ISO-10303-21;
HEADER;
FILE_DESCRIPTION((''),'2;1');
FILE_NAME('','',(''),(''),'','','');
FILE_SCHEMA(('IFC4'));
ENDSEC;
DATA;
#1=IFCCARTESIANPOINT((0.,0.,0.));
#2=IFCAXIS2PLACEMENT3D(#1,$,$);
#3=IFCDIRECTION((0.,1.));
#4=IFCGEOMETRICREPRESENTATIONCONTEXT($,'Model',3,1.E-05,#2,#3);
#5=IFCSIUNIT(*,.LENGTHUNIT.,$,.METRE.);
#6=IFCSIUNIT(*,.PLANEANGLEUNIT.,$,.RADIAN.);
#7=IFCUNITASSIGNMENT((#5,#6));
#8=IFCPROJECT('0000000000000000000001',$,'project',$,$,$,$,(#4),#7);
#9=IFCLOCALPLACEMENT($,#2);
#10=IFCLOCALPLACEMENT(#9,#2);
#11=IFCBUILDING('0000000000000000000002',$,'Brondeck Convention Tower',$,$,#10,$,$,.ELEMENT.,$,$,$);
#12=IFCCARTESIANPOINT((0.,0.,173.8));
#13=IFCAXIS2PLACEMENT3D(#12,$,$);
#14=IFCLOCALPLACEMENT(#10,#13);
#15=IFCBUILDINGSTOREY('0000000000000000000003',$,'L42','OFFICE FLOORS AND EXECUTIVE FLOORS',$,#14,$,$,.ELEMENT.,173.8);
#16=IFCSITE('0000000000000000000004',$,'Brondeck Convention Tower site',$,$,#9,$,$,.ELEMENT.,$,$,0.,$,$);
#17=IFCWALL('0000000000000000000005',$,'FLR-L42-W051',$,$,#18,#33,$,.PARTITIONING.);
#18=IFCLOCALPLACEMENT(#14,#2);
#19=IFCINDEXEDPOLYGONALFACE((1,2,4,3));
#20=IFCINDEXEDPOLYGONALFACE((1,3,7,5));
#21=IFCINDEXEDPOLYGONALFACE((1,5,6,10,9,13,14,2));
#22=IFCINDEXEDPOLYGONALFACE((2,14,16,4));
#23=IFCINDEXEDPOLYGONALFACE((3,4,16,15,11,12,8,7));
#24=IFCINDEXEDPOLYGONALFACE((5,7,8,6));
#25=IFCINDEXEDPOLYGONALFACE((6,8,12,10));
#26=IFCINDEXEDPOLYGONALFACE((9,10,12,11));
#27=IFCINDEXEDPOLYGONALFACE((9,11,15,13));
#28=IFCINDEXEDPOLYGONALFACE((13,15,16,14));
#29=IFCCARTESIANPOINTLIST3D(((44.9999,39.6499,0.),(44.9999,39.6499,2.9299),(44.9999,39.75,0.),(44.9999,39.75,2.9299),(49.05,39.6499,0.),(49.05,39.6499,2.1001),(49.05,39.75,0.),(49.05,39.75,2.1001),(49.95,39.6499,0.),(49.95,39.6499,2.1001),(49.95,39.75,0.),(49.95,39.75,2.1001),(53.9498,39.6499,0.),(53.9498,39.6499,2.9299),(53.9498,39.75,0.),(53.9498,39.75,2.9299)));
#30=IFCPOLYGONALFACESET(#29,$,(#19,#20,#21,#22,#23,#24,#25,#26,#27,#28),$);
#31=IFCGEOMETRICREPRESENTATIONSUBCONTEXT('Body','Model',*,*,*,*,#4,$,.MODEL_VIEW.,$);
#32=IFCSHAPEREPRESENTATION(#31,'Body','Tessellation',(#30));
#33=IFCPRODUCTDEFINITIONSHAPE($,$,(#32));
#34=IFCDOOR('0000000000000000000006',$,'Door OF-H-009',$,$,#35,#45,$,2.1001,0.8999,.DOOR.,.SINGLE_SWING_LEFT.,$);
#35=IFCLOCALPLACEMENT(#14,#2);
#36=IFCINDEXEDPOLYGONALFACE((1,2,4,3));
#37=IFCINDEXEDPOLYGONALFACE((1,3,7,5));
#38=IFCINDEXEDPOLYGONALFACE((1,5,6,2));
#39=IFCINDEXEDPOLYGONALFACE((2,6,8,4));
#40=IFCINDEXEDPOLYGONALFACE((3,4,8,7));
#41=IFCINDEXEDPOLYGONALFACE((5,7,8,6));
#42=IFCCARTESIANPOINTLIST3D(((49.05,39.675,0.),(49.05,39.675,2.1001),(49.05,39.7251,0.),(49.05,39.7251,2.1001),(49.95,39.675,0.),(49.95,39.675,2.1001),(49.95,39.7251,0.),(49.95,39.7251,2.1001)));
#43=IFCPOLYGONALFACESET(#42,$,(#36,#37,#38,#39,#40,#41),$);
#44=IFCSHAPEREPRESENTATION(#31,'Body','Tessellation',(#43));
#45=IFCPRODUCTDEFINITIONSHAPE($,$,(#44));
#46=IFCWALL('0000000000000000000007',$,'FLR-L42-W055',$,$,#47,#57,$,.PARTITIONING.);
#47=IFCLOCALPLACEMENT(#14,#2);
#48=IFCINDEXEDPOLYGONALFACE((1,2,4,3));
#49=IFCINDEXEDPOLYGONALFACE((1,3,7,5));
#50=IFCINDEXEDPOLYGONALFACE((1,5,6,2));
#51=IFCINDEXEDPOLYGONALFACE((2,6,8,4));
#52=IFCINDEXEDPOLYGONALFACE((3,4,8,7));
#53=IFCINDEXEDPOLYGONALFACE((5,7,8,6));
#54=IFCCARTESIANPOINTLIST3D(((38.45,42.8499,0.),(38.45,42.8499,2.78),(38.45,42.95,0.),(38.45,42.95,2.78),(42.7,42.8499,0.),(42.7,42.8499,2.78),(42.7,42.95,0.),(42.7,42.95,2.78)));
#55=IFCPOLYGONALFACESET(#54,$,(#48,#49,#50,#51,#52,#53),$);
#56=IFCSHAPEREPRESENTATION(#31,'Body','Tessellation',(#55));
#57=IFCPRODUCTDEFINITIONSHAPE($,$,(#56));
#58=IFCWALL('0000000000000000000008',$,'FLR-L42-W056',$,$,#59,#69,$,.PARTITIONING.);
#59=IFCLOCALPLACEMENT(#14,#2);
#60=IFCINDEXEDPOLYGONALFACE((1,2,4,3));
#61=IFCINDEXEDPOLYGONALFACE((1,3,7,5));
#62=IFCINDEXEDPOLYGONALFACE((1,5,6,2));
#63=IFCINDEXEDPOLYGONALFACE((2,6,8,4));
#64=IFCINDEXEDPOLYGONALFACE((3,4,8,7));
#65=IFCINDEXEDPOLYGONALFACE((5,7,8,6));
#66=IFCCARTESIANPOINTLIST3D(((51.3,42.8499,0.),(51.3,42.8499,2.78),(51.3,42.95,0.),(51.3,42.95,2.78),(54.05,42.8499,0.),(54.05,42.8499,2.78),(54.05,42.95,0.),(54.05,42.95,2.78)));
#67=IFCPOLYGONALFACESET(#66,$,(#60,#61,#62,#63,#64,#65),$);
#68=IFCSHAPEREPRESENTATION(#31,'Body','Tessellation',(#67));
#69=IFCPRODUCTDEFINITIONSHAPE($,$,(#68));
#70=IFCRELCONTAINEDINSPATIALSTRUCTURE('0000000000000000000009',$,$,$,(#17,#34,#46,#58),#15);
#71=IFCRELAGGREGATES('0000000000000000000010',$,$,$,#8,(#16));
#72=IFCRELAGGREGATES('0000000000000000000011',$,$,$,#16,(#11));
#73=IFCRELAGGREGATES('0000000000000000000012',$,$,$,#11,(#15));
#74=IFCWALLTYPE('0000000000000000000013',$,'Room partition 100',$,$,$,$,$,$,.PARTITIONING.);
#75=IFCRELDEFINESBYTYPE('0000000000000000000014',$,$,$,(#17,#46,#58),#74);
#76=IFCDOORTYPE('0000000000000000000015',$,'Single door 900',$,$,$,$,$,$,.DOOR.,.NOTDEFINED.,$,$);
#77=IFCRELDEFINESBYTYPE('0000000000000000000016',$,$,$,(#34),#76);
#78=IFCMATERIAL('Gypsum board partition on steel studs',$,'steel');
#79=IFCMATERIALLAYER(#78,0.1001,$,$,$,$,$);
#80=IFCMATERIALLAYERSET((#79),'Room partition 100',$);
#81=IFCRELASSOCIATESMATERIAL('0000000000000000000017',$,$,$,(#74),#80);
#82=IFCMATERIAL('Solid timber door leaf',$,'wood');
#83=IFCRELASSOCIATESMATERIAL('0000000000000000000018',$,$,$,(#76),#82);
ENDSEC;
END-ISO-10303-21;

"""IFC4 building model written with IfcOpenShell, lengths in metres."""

from ifc_helpers import new_model, si_unit, direction, frame, frame_2d, origin, place, context, subcontext, project, spatial, rectangle, extrude, material, layer, layer_set, type_object, element, fill, save


model = new_model("IFC4")

# Units and contexts
model_context = context("Model", 3, precision=1e-05, world=origin(), true_north=direction((0.0, 1.0)))
body_context = subcontext(model_context, "Body", "Model", "MODEL_VIEW")
ifc_project = project(units=[si_unit("LENGTHUNIT", "METRE"), si_unit("PLANEANGLEUNIT", "RADIAN")], contexts=[model_context])

# Site, building, storey
site_placement = place(None, origin())
site = spatial("IfcSite", under=ifc_project, at=site_placement, Name="Brondeck Convention Tower site", CompositionType="ELEMENT", RefElevation=0.0)
building_placement = place(site_placement, origin())
building = spatial("IfcBuilding", under=site, at=building_placement, Name="Brondeck Convention Tower", CompositionType="ELEMENT")
storey_placement = place(building_placement, frame((0.0, 0.0, 173.8)))
storey = spatial("IfcBuildingStorey", under=building, at=storey_placement, Name="L42", Description="OFFICE FLOORS AND EXECUTIVE FLOORS", CompositionType="ELEMENT", Elevation=173.8)

# Shared definitions
ifc_material_1 = material(Name="Gypsum board partition on steel studs", Category="steel")
ifc_layer_1 = layer(ifc_material_1, 0.1001)
ifc_layer_set_1 = layer_set([ifc_layer_1], Name="Room partition 100")
wall_type_1 = type_object("IfcWallType", Name="Room partition 100", PredefinedType="PARTITIONING", material=ifc_layer_set_1)

# Shared definitions
ifc_material_2 = material(Name="Solid timber door leaf", Category="wood")
door_type = type_object("IfcDoorType", Name="Single door 900", OperationType="NOTDEFINED", PredefinedType="DOOR", material=ifc_material_2)

# Wall, opening, door
wall_1_placement = place(storey_placement, frame((53.95, 39.7, 0.0), z_axis=(0.0, 0.0, 1.0), x_axis=(-1.0, 0.0, 0.0)))
wall_1 = element("IfcWall", 1, at=wall_1_placement, inside=storey, type_object=wall_type_1, Name="FLR-L42-W051", PredefinedType="PARTITIONING", context=body_context, shape_type="SweptSolid", body=[
    extrude(rectangle(XDim=8.95, YDim=0.1001, at=frame_2d((4.4751, 0.0))), origin(), (0.0, 0.0, 1.0), 2.9299),
])
opening_1_placement = place(wall_1_placement, frame((4.0, 0.0, 0.0)))
opening_1 = element("IfcOpeningElement", 2, at=opening_1_placement, cuts=wall_1, PredefinedType="OPENING", context=body_context, shape_type="SweptSolid", body=[
    extrude(rectangle(XDim=0.8999, YDim=2.1001, at=frame_2d((0.45, 1.05))), frame((0.0, 0.0601, 0.0), z_axis=(0.0, -1.0, 0.0), x_axis=(1.0, 0.0, 0.0)), (0.0, 0.0, 1.0), 0.1201),
])
door_1_placement = place(opening_1_placement, origin())
door_1 = element("IfcDoor", 3, at=door_1_placement, inside=storey, type_object=door_type, Name="Door OF-H-009", OperationType="SINGLE_SWING_LEFT", OverallHeight=2.1001, OverallWidth=0.8999, PredefinedType="DOOR", context=body_context, shape_type="SweptSolid", body=[
    extrude(rectangle(XDim=0.8999, YDim=2.1001, at=frame_2d((0.45, 1.05))), frame((0.0, 0.0249, 0.0), z_axis=(0.0, -1.0, 0.0), x_axis=(1.0, 0.0, 0.0)), (0.0, 0.0, 1.0), 0.05),
])
fill(opening_1, door_1)

# Walls
wall_2_placement = place(storey_placement, frame((38.45, 42.8999, 0.0), z_axis=(0.0, 0.0, 1.0), x_axis=(1.0, 0.0, 0.0)))
element("IfcWall", 4, at=wall_2_placement, inside=storey, type_object=wall_type_1, Name="FLR-L42-W055", PredefinedType="PARTITIONING", context=body_context, shape_type="SweptSolid", body=[
    extrude(rectangle(XDim=4.25, YDim=0.1001, at=frame_2d((2.125, 0.0))), origin(), (0.0, 0.0, 1.0), 2.78),
])
wall_3_placement = place(storey_placement, frame((51.3, 42.8999, 0.0), z_axis=(0.0, 0.0, 1.0), x_axis=(1.0, 0.0, 0.0)))
element("IfcWall", 5, at=wall_3_placement, inside=storey, type_object=wall_type_1, Name="FLR-L42-W056", PredefinedType="PARTITIONING", context=body_context, shape_type="SweptSolid", body=[
    extrude(rectangle(XDim=2.75, YDim=0.1001, at=frame_2d((1.375, 0.0))), origin(), (0.0, 0.0, 1.0), 2.78),
])

save(model, "model.ifc")
